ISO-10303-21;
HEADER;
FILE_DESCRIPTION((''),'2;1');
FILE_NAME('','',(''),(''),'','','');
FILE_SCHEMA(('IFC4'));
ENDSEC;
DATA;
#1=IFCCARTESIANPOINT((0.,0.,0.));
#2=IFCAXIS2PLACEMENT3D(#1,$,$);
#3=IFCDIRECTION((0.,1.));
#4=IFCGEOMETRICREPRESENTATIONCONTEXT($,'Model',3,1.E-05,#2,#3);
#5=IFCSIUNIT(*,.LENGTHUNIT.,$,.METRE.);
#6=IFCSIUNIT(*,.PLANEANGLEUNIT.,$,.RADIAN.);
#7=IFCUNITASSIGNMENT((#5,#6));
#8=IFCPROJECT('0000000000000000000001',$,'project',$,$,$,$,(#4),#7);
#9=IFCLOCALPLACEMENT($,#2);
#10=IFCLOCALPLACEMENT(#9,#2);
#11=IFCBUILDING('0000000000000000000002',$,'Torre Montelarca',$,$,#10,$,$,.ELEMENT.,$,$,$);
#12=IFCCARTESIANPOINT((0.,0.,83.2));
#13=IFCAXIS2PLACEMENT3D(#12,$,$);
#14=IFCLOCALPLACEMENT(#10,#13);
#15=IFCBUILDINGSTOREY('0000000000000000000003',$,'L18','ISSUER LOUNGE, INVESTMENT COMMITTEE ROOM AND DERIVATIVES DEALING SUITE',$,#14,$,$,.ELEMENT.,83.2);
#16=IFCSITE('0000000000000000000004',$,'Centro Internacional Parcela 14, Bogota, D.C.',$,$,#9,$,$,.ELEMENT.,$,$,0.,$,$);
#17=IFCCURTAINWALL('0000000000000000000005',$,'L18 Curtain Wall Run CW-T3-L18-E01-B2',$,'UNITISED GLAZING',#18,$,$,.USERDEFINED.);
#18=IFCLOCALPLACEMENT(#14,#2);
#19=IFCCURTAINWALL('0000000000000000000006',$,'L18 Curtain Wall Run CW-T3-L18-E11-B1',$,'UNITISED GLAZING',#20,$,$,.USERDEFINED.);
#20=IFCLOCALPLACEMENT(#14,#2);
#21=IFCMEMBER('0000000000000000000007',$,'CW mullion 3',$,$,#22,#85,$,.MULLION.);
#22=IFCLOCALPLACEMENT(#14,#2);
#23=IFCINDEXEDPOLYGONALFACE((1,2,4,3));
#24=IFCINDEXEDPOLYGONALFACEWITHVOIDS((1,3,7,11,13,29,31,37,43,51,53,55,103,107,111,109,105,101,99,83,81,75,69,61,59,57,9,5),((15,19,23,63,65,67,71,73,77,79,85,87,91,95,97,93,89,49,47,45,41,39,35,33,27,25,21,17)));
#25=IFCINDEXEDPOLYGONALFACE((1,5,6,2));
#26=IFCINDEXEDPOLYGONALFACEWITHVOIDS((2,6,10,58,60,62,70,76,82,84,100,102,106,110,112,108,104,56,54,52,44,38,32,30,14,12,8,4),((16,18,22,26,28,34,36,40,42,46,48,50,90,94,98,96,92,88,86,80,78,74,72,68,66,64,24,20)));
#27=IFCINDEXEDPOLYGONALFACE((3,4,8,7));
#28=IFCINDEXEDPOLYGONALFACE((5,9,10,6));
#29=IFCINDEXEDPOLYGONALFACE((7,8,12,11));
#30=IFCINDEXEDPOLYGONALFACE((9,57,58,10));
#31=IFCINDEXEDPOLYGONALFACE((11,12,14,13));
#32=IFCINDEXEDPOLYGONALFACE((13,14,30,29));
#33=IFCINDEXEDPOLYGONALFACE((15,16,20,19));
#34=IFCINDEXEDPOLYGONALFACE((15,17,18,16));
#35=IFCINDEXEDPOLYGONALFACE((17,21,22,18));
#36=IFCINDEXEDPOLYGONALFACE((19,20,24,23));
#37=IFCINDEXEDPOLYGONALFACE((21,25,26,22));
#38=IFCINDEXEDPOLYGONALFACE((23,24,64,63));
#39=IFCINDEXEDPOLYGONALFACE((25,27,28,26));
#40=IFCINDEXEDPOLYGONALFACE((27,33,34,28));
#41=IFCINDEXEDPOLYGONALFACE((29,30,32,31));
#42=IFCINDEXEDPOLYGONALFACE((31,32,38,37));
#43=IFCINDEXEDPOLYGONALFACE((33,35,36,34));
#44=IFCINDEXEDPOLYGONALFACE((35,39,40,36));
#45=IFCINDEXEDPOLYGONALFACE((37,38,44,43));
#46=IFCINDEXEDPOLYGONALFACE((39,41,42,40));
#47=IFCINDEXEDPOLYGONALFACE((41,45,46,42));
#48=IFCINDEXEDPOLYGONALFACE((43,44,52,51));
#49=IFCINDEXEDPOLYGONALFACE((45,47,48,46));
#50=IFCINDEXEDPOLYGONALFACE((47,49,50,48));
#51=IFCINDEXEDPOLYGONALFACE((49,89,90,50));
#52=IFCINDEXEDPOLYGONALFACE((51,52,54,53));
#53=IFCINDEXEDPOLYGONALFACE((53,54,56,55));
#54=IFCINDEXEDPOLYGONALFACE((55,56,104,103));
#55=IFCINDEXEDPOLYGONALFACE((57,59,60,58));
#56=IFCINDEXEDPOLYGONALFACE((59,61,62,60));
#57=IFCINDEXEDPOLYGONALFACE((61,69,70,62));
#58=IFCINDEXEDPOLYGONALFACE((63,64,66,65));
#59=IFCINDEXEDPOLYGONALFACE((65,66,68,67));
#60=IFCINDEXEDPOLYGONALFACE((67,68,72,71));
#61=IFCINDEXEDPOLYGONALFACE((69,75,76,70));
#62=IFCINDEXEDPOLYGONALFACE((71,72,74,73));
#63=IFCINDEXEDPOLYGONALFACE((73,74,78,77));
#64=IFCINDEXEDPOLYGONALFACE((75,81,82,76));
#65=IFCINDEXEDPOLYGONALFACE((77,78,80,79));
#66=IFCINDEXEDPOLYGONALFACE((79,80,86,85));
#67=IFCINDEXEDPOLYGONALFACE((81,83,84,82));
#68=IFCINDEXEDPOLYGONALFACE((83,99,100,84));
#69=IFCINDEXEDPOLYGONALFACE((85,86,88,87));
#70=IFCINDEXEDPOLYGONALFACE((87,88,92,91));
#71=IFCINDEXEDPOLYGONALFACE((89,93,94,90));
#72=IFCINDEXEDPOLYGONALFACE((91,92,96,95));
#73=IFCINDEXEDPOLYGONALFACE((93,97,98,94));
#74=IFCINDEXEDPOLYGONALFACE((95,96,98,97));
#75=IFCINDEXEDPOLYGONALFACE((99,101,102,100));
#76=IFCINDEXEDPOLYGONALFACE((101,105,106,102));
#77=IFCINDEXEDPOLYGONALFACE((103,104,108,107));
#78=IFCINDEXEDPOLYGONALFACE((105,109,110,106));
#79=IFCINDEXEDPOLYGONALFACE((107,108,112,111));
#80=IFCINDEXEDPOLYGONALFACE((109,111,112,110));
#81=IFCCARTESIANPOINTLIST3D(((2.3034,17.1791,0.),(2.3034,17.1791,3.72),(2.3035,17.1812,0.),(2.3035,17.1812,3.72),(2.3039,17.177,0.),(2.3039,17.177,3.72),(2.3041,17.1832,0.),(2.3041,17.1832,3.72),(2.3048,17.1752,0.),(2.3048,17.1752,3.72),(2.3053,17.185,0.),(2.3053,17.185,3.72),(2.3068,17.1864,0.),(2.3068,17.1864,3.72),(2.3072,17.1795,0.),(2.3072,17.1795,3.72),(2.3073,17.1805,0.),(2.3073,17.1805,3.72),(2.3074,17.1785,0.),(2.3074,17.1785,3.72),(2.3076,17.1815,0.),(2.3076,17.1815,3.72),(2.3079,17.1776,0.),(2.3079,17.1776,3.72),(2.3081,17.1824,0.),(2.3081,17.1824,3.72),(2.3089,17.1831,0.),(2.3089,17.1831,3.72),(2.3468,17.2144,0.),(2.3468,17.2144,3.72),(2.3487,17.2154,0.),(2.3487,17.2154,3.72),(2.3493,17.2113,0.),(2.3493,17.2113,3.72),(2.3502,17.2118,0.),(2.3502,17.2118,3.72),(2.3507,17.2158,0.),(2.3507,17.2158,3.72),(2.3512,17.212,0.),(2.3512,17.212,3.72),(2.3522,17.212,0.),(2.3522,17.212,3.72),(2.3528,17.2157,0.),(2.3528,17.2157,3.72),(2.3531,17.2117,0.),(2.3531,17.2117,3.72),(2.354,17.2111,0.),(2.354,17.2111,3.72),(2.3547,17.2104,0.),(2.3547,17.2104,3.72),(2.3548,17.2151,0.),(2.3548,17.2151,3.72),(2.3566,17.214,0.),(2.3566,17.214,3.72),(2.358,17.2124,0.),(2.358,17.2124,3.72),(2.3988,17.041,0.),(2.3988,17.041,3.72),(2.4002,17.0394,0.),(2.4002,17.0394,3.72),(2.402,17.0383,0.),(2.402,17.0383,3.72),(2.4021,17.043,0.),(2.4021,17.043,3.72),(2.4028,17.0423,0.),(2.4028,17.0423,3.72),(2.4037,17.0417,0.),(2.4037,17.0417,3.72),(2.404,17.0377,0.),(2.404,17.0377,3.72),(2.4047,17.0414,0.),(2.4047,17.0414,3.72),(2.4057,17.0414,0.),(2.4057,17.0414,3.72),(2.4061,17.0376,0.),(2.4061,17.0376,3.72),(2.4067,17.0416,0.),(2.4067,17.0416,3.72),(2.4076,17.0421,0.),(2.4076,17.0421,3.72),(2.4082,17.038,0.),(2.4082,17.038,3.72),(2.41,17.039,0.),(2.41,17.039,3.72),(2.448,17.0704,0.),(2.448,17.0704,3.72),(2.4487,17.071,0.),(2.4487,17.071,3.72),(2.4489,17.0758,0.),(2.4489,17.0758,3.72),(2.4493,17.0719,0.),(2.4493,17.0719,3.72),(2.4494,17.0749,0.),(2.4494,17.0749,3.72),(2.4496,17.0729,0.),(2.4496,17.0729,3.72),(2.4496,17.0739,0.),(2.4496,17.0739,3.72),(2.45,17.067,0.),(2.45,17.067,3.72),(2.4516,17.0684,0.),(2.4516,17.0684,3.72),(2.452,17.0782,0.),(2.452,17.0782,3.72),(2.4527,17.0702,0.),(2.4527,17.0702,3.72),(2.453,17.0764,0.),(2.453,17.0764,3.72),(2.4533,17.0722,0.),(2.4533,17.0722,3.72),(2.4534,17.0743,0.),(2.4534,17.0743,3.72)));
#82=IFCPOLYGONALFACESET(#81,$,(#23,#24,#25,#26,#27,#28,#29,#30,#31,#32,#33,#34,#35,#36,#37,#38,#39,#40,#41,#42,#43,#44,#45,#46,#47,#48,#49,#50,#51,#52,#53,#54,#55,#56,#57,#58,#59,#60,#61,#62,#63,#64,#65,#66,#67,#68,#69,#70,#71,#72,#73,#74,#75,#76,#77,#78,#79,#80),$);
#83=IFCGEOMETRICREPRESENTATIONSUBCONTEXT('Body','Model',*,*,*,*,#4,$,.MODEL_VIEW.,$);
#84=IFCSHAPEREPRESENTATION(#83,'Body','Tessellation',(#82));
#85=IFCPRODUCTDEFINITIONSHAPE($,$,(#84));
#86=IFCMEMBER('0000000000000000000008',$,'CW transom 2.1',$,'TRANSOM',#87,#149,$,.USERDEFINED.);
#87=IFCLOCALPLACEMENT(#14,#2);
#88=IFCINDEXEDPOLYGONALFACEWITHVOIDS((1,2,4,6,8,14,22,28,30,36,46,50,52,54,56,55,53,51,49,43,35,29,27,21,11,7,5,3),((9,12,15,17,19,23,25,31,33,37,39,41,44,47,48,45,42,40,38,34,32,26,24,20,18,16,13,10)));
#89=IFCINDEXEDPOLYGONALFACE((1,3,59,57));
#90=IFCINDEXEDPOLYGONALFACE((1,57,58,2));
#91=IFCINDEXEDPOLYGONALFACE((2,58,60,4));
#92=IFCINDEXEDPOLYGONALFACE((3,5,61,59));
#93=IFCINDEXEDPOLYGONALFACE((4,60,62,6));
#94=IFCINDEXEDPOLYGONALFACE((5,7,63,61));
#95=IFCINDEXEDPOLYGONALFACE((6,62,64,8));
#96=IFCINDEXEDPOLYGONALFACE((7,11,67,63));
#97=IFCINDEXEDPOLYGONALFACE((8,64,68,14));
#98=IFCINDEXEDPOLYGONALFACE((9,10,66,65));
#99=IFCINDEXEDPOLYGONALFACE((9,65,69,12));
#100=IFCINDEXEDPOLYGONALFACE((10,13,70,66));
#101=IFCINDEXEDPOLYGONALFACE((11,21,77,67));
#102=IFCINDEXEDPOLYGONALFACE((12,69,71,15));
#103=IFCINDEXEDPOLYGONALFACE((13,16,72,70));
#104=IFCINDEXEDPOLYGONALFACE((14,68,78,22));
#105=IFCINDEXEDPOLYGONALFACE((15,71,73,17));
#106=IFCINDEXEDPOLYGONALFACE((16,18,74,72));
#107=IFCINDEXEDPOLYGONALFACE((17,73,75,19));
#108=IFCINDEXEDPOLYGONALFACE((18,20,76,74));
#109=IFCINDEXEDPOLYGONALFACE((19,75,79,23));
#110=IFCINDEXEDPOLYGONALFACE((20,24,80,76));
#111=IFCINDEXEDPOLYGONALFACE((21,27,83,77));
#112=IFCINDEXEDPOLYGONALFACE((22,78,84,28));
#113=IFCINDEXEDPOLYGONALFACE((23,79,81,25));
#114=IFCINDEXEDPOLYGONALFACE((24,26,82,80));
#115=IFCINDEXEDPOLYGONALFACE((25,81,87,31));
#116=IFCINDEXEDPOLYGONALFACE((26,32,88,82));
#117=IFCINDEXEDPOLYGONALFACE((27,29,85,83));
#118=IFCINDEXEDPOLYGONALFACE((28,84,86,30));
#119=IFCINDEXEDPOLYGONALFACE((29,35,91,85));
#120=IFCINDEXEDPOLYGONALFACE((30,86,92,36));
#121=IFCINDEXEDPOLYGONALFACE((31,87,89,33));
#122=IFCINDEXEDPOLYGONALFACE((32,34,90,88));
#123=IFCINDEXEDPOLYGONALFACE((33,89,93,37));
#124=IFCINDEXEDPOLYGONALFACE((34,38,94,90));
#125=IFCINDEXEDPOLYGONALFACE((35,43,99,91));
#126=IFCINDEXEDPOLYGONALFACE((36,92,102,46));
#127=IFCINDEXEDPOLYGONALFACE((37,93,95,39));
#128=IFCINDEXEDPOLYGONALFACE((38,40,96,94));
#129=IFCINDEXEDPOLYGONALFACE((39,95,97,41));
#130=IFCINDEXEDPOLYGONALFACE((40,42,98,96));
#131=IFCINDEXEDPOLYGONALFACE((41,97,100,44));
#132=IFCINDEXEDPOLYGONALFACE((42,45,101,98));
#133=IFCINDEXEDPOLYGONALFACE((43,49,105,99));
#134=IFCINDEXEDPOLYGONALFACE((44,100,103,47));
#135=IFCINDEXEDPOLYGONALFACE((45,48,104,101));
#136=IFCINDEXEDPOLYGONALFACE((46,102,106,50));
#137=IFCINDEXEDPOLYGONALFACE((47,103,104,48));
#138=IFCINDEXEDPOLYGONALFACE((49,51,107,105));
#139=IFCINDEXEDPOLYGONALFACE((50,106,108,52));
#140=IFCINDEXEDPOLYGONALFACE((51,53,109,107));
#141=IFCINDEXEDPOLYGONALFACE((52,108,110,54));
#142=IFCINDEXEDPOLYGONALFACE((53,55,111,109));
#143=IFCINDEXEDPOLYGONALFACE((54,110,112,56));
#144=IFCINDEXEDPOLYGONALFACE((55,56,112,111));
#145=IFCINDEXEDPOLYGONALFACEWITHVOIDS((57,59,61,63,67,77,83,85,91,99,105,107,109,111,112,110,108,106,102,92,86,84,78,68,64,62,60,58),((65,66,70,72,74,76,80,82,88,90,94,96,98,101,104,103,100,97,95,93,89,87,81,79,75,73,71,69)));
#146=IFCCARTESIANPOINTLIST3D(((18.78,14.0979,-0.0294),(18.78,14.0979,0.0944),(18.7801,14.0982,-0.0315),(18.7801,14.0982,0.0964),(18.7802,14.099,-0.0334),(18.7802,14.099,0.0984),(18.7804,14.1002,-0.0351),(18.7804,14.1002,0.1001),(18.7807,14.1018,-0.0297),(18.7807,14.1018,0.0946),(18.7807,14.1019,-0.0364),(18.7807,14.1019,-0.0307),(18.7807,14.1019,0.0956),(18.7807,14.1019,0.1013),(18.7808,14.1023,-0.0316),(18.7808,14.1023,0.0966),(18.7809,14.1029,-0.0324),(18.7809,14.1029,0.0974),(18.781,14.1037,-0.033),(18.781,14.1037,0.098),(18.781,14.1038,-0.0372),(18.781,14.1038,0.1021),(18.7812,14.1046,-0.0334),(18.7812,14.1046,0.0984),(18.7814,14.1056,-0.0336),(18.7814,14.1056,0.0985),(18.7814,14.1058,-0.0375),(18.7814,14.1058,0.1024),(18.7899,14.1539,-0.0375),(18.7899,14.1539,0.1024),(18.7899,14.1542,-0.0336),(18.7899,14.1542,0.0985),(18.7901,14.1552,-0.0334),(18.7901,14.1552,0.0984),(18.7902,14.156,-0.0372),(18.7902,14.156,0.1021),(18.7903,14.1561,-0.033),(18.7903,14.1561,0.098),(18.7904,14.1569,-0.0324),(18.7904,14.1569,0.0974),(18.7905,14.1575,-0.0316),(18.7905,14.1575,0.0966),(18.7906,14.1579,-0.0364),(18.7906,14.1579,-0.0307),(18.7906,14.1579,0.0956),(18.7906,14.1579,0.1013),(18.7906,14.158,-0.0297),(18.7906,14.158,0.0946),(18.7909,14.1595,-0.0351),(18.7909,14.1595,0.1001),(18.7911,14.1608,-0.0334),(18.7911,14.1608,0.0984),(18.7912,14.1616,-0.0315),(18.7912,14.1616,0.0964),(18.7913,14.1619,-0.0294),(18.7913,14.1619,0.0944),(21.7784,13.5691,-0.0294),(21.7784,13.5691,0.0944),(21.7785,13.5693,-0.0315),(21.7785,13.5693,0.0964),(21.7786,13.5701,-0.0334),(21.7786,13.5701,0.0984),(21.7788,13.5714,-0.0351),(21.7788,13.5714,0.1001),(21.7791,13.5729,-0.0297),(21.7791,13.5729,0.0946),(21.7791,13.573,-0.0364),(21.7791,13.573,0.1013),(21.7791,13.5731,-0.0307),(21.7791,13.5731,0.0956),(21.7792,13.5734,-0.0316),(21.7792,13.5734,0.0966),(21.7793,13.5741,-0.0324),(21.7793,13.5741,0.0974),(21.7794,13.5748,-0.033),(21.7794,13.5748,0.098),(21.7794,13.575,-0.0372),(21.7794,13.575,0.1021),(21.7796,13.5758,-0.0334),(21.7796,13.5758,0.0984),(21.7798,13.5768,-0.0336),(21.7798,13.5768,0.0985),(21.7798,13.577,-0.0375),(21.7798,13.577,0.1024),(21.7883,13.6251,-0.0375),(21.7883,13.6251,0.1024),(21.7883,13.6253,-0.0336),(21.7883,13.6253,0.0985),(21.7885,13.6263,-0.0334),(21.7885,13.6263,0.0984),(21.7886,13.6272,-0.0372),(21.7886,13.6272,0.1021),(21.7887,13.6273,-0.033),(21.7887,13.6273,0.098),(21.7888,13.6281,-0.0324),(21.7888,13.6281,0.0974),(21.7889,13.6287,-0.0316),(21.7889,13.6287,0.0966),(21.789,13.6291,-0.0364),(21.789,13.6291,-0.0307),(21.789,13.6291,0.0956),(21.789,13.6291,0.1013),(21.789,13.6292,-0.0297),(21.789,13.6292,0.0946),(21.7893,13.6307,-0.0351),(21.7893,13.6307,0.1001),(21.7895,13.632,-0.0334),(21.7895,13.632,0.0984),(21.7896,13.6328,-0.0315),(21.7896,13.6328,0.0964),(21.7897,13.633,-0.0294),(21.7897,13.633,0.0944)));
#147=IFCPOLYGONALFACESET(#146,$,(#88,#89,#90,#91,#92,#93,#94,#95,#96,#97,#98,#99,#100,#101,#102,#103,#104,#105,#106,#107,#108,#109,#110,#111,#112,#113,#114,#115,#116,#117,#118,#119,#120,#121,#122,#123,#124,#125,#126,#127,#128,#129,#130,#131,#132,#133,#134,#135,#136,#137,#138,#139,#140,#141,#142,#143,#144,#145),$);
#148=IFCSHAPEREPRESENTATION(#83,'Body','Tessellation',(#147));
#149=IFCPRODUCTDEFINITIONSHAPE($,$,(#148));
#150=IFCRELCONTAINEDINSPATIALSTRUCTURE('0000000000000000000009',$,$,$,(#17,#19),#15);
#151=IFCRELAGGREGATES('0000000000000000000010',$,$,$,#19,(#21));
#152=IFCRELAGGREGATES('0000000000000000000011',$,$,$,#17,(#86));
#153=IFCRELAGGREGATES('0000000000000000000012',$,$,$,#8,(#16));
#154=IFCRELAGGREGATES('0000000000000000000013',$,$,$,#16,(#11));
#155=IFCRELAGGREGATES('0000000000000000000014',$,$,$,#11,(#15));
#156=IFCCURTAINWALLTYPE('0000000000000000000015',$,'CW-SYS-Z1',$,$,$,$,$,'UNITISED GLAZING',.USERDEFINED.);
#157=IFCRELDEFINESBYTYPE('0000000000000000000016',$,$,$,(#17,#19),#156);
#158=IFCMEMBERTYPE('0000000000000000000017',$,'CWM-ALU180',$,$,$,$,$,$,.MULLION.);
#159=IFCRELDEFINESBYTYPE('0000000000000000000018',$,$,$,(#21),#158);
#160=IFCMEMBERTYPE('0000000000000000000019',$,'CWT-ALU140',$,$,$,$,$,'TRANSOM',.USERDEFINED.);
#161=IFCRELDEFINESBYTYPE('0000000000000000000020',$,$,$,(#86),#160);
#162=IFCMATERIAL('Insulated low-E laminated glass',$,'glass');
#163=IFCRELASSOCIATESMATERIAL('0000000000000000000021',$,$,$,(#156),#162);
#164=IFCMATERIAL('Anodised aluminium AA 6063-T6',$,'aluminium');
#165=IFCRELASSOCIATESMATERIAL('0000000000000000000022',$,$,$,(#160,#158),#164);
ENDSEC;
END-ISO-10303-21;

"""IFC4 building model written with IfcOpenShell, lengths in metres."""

from ifc_helpers import new_model, si_unit, direction, frame, origin, origin_2d, place, context, subcontext, project, spatial, hollow_rectangle, extrude, source, transform, mapped, material, material_profile, profile_set, type_object, element, aggregate, save


model = new_model("IFC4")

# Units and contexts
model_context = context("Model", 3, precision=1e-05, world=origin(), true_north=direction((0.0, 1.0)))
body_context = subcontext(model_context, "Body", "Model", "MODEL_VIEW")
ifc_project = project(units=[si_unit("LENGTHUNIT", "METRE"), si_unit("PLANEANGLEUNIT", "RADIAN")], contexts=[model_context])

# Site, building, storey
site_placement = place(None, origin())
site = spatial("IfcSite", under=ifc_project, at=site_placement, Name="Centro Internacional Parcela 14, Bogota, D.C.", CompositionType="ELEMENT", RefElevation=0.0)
building_placement = place(site_placement, origin())
building = spatial("IfcBuilding", under=site, at=building_placement, Name="Torre Montelarca", CompositionType="ELEMENT")
storey_placement = place(building_placement, frame((0.0, 0.0, 83.2)))
storey = spatial("IfcBuildingStorey", under=building, at=storey_placement, Name="L18", Description="ISSUER LOUNGE, INVESTMENT COMMITTEE ROOM AND DERIVATIVES DEALING SUITE", CompositionType="ELEMENT", Elevation=83.2)

# Curtain wall
ifc_material_1 = material(Name="Insulated low-E laminated glass", Category="glass")
curtain_wall_type = type_object("IfcCurtainWallType", Name="CW-SYS-Z1", ElementType="UNITISED GLAZING", PredefinedType="USERDEFINED", material=ifc_material_1)
curtain_wall_1_placement = place(storey_placement, origin())
curtain_wall_1 = element("IfcCurtainWall", 1, at=curtain_wall_1_placement, inside=storey, type_object=curtain_wall_type, Name="L18 Curtain Wall Run CW-T3-L18-E01-B2", ObjectType="UNITISED GLAZING", PredefinedType="USERDEFINED")
ifc_material_2 = material(Name="Anodised aluminium AA 6063-T6", Category="aluminium")
ifc_material_profile_1 = material_profile(ifc_material_2, hollow_rectangle(XDim=0.0649, YDim=0.1399, WallThickness=0.0039, InnerFilletRadius=0.0039, OuterFilletRadius=0.0081, at=origin_2d()), Name="ALU65X140X4", Category="aluminium")
ifc_profile_set_1 = profile_set([ifc_material_profile_1], Name="Anodised aluminium AA 6063-T6")
member_type_1 = type_object("IfcMemberType", Name="CWT-ALU140", ElementType="TRANSOM", PredefinedType="USERDEFINED", material=ifc_profile_set_1)
ifc_material_profile_2 = material_profile(ifc_material_2, hollow_rectangle(XDim=0.0649, YDim=0.1799, WallThickness=0.0039, InnerFilletRadius=0.0039, OuterFilletRadius=0.0081, at=origin_2d()), Name="ALU65X180X4", Category="aluminium")
ifc_profile_set_2 = profile_set([ifc_material_profile_2], Name="Anodised aluminium AA 6063-T6")
member_type_2 = type_object("IfcMemberType", Name="CWM-ALU180", PredefinedType="MULLION", material=ifc_profile_set_2)
shared_shape_1 = source(origin(), body_context, "Body", "SweptSolid", [
    extrude(hollow_rectangle(XDim=0.0649, YDim=0.1799, WallThickness=0.0039, InnerFilletRadius=0.0039, OuterFilletRadius=0.0081, at=origin_2d()), origin(), (0.0, 0.0, 1.0), 3.72),
])

# Curtain wall, member
curtain_wall_2_placement = place(storey_placement, origin())
curtain_wall_2 = element("IfcCurtainWall", 2, at=curtain_wall_2_placement, inside=storey, type_object=curtain_wall_type, Name="L18 Curtain Wall Run CW-T3-L18-E11-B1", ObjectType="UNITISED GLAZING", PredefinedType="USERDEFINED")
member_1_placement = place(storey_placement, frame((2.3784, 17.1267, 0.0), z_axis=(0.0, 0.0, 1.0), x_axis=(0.819174, 0.573546, 0.0)))
member_1 = element("IfcMember", 3, at=member_1_placement, type_object=member_type_2, Name="CW mullion 3", PredefinedType="MULLION", context=body_context, shape_type="MappedRepresentation", body=[
    mapped(shared_shape_1, transform((0.0, 0.0, 0.0), scale=1.0)),
])

# Member
shared_shape_2 = source(origin(), body_context, "Body", "SweptSolid", [
    extrude(hollow_rectangle(XDim=0.0649, YDim=0.1399, WallThickness=0.0039, InnerFilletRadius=0.0039, OuterFilletRadius=0.0081, at=origin_2d()), origin(), (0.0, 0.0, 1.0), 3.0447),
])
member_2_placement = place(storey_placement, frame((18.7856, 14.1299, 0.0325), z_axis=(0.984801, -0.173689, 0.0), x_axis=(0.173689, 0.984801, 0.0)))
member_2 = element("IfcMember", 4, at=member_2_placement, type_object=member_type_1, Name="CW transom 2.1", ObjectType="TRANSOM", PredefinedType="USERDEFINED", context=body_context, shape_type="MappedRepresentation", body=[
    mapped(shared_shape_2, transform((0.0, 0.0, 0.0), scale=1.0)),
])

aggregate(curtain_wall_2, [member_1])
aggregate(curtain_wall_1, [member_2])

save(model, "model.ifc")
